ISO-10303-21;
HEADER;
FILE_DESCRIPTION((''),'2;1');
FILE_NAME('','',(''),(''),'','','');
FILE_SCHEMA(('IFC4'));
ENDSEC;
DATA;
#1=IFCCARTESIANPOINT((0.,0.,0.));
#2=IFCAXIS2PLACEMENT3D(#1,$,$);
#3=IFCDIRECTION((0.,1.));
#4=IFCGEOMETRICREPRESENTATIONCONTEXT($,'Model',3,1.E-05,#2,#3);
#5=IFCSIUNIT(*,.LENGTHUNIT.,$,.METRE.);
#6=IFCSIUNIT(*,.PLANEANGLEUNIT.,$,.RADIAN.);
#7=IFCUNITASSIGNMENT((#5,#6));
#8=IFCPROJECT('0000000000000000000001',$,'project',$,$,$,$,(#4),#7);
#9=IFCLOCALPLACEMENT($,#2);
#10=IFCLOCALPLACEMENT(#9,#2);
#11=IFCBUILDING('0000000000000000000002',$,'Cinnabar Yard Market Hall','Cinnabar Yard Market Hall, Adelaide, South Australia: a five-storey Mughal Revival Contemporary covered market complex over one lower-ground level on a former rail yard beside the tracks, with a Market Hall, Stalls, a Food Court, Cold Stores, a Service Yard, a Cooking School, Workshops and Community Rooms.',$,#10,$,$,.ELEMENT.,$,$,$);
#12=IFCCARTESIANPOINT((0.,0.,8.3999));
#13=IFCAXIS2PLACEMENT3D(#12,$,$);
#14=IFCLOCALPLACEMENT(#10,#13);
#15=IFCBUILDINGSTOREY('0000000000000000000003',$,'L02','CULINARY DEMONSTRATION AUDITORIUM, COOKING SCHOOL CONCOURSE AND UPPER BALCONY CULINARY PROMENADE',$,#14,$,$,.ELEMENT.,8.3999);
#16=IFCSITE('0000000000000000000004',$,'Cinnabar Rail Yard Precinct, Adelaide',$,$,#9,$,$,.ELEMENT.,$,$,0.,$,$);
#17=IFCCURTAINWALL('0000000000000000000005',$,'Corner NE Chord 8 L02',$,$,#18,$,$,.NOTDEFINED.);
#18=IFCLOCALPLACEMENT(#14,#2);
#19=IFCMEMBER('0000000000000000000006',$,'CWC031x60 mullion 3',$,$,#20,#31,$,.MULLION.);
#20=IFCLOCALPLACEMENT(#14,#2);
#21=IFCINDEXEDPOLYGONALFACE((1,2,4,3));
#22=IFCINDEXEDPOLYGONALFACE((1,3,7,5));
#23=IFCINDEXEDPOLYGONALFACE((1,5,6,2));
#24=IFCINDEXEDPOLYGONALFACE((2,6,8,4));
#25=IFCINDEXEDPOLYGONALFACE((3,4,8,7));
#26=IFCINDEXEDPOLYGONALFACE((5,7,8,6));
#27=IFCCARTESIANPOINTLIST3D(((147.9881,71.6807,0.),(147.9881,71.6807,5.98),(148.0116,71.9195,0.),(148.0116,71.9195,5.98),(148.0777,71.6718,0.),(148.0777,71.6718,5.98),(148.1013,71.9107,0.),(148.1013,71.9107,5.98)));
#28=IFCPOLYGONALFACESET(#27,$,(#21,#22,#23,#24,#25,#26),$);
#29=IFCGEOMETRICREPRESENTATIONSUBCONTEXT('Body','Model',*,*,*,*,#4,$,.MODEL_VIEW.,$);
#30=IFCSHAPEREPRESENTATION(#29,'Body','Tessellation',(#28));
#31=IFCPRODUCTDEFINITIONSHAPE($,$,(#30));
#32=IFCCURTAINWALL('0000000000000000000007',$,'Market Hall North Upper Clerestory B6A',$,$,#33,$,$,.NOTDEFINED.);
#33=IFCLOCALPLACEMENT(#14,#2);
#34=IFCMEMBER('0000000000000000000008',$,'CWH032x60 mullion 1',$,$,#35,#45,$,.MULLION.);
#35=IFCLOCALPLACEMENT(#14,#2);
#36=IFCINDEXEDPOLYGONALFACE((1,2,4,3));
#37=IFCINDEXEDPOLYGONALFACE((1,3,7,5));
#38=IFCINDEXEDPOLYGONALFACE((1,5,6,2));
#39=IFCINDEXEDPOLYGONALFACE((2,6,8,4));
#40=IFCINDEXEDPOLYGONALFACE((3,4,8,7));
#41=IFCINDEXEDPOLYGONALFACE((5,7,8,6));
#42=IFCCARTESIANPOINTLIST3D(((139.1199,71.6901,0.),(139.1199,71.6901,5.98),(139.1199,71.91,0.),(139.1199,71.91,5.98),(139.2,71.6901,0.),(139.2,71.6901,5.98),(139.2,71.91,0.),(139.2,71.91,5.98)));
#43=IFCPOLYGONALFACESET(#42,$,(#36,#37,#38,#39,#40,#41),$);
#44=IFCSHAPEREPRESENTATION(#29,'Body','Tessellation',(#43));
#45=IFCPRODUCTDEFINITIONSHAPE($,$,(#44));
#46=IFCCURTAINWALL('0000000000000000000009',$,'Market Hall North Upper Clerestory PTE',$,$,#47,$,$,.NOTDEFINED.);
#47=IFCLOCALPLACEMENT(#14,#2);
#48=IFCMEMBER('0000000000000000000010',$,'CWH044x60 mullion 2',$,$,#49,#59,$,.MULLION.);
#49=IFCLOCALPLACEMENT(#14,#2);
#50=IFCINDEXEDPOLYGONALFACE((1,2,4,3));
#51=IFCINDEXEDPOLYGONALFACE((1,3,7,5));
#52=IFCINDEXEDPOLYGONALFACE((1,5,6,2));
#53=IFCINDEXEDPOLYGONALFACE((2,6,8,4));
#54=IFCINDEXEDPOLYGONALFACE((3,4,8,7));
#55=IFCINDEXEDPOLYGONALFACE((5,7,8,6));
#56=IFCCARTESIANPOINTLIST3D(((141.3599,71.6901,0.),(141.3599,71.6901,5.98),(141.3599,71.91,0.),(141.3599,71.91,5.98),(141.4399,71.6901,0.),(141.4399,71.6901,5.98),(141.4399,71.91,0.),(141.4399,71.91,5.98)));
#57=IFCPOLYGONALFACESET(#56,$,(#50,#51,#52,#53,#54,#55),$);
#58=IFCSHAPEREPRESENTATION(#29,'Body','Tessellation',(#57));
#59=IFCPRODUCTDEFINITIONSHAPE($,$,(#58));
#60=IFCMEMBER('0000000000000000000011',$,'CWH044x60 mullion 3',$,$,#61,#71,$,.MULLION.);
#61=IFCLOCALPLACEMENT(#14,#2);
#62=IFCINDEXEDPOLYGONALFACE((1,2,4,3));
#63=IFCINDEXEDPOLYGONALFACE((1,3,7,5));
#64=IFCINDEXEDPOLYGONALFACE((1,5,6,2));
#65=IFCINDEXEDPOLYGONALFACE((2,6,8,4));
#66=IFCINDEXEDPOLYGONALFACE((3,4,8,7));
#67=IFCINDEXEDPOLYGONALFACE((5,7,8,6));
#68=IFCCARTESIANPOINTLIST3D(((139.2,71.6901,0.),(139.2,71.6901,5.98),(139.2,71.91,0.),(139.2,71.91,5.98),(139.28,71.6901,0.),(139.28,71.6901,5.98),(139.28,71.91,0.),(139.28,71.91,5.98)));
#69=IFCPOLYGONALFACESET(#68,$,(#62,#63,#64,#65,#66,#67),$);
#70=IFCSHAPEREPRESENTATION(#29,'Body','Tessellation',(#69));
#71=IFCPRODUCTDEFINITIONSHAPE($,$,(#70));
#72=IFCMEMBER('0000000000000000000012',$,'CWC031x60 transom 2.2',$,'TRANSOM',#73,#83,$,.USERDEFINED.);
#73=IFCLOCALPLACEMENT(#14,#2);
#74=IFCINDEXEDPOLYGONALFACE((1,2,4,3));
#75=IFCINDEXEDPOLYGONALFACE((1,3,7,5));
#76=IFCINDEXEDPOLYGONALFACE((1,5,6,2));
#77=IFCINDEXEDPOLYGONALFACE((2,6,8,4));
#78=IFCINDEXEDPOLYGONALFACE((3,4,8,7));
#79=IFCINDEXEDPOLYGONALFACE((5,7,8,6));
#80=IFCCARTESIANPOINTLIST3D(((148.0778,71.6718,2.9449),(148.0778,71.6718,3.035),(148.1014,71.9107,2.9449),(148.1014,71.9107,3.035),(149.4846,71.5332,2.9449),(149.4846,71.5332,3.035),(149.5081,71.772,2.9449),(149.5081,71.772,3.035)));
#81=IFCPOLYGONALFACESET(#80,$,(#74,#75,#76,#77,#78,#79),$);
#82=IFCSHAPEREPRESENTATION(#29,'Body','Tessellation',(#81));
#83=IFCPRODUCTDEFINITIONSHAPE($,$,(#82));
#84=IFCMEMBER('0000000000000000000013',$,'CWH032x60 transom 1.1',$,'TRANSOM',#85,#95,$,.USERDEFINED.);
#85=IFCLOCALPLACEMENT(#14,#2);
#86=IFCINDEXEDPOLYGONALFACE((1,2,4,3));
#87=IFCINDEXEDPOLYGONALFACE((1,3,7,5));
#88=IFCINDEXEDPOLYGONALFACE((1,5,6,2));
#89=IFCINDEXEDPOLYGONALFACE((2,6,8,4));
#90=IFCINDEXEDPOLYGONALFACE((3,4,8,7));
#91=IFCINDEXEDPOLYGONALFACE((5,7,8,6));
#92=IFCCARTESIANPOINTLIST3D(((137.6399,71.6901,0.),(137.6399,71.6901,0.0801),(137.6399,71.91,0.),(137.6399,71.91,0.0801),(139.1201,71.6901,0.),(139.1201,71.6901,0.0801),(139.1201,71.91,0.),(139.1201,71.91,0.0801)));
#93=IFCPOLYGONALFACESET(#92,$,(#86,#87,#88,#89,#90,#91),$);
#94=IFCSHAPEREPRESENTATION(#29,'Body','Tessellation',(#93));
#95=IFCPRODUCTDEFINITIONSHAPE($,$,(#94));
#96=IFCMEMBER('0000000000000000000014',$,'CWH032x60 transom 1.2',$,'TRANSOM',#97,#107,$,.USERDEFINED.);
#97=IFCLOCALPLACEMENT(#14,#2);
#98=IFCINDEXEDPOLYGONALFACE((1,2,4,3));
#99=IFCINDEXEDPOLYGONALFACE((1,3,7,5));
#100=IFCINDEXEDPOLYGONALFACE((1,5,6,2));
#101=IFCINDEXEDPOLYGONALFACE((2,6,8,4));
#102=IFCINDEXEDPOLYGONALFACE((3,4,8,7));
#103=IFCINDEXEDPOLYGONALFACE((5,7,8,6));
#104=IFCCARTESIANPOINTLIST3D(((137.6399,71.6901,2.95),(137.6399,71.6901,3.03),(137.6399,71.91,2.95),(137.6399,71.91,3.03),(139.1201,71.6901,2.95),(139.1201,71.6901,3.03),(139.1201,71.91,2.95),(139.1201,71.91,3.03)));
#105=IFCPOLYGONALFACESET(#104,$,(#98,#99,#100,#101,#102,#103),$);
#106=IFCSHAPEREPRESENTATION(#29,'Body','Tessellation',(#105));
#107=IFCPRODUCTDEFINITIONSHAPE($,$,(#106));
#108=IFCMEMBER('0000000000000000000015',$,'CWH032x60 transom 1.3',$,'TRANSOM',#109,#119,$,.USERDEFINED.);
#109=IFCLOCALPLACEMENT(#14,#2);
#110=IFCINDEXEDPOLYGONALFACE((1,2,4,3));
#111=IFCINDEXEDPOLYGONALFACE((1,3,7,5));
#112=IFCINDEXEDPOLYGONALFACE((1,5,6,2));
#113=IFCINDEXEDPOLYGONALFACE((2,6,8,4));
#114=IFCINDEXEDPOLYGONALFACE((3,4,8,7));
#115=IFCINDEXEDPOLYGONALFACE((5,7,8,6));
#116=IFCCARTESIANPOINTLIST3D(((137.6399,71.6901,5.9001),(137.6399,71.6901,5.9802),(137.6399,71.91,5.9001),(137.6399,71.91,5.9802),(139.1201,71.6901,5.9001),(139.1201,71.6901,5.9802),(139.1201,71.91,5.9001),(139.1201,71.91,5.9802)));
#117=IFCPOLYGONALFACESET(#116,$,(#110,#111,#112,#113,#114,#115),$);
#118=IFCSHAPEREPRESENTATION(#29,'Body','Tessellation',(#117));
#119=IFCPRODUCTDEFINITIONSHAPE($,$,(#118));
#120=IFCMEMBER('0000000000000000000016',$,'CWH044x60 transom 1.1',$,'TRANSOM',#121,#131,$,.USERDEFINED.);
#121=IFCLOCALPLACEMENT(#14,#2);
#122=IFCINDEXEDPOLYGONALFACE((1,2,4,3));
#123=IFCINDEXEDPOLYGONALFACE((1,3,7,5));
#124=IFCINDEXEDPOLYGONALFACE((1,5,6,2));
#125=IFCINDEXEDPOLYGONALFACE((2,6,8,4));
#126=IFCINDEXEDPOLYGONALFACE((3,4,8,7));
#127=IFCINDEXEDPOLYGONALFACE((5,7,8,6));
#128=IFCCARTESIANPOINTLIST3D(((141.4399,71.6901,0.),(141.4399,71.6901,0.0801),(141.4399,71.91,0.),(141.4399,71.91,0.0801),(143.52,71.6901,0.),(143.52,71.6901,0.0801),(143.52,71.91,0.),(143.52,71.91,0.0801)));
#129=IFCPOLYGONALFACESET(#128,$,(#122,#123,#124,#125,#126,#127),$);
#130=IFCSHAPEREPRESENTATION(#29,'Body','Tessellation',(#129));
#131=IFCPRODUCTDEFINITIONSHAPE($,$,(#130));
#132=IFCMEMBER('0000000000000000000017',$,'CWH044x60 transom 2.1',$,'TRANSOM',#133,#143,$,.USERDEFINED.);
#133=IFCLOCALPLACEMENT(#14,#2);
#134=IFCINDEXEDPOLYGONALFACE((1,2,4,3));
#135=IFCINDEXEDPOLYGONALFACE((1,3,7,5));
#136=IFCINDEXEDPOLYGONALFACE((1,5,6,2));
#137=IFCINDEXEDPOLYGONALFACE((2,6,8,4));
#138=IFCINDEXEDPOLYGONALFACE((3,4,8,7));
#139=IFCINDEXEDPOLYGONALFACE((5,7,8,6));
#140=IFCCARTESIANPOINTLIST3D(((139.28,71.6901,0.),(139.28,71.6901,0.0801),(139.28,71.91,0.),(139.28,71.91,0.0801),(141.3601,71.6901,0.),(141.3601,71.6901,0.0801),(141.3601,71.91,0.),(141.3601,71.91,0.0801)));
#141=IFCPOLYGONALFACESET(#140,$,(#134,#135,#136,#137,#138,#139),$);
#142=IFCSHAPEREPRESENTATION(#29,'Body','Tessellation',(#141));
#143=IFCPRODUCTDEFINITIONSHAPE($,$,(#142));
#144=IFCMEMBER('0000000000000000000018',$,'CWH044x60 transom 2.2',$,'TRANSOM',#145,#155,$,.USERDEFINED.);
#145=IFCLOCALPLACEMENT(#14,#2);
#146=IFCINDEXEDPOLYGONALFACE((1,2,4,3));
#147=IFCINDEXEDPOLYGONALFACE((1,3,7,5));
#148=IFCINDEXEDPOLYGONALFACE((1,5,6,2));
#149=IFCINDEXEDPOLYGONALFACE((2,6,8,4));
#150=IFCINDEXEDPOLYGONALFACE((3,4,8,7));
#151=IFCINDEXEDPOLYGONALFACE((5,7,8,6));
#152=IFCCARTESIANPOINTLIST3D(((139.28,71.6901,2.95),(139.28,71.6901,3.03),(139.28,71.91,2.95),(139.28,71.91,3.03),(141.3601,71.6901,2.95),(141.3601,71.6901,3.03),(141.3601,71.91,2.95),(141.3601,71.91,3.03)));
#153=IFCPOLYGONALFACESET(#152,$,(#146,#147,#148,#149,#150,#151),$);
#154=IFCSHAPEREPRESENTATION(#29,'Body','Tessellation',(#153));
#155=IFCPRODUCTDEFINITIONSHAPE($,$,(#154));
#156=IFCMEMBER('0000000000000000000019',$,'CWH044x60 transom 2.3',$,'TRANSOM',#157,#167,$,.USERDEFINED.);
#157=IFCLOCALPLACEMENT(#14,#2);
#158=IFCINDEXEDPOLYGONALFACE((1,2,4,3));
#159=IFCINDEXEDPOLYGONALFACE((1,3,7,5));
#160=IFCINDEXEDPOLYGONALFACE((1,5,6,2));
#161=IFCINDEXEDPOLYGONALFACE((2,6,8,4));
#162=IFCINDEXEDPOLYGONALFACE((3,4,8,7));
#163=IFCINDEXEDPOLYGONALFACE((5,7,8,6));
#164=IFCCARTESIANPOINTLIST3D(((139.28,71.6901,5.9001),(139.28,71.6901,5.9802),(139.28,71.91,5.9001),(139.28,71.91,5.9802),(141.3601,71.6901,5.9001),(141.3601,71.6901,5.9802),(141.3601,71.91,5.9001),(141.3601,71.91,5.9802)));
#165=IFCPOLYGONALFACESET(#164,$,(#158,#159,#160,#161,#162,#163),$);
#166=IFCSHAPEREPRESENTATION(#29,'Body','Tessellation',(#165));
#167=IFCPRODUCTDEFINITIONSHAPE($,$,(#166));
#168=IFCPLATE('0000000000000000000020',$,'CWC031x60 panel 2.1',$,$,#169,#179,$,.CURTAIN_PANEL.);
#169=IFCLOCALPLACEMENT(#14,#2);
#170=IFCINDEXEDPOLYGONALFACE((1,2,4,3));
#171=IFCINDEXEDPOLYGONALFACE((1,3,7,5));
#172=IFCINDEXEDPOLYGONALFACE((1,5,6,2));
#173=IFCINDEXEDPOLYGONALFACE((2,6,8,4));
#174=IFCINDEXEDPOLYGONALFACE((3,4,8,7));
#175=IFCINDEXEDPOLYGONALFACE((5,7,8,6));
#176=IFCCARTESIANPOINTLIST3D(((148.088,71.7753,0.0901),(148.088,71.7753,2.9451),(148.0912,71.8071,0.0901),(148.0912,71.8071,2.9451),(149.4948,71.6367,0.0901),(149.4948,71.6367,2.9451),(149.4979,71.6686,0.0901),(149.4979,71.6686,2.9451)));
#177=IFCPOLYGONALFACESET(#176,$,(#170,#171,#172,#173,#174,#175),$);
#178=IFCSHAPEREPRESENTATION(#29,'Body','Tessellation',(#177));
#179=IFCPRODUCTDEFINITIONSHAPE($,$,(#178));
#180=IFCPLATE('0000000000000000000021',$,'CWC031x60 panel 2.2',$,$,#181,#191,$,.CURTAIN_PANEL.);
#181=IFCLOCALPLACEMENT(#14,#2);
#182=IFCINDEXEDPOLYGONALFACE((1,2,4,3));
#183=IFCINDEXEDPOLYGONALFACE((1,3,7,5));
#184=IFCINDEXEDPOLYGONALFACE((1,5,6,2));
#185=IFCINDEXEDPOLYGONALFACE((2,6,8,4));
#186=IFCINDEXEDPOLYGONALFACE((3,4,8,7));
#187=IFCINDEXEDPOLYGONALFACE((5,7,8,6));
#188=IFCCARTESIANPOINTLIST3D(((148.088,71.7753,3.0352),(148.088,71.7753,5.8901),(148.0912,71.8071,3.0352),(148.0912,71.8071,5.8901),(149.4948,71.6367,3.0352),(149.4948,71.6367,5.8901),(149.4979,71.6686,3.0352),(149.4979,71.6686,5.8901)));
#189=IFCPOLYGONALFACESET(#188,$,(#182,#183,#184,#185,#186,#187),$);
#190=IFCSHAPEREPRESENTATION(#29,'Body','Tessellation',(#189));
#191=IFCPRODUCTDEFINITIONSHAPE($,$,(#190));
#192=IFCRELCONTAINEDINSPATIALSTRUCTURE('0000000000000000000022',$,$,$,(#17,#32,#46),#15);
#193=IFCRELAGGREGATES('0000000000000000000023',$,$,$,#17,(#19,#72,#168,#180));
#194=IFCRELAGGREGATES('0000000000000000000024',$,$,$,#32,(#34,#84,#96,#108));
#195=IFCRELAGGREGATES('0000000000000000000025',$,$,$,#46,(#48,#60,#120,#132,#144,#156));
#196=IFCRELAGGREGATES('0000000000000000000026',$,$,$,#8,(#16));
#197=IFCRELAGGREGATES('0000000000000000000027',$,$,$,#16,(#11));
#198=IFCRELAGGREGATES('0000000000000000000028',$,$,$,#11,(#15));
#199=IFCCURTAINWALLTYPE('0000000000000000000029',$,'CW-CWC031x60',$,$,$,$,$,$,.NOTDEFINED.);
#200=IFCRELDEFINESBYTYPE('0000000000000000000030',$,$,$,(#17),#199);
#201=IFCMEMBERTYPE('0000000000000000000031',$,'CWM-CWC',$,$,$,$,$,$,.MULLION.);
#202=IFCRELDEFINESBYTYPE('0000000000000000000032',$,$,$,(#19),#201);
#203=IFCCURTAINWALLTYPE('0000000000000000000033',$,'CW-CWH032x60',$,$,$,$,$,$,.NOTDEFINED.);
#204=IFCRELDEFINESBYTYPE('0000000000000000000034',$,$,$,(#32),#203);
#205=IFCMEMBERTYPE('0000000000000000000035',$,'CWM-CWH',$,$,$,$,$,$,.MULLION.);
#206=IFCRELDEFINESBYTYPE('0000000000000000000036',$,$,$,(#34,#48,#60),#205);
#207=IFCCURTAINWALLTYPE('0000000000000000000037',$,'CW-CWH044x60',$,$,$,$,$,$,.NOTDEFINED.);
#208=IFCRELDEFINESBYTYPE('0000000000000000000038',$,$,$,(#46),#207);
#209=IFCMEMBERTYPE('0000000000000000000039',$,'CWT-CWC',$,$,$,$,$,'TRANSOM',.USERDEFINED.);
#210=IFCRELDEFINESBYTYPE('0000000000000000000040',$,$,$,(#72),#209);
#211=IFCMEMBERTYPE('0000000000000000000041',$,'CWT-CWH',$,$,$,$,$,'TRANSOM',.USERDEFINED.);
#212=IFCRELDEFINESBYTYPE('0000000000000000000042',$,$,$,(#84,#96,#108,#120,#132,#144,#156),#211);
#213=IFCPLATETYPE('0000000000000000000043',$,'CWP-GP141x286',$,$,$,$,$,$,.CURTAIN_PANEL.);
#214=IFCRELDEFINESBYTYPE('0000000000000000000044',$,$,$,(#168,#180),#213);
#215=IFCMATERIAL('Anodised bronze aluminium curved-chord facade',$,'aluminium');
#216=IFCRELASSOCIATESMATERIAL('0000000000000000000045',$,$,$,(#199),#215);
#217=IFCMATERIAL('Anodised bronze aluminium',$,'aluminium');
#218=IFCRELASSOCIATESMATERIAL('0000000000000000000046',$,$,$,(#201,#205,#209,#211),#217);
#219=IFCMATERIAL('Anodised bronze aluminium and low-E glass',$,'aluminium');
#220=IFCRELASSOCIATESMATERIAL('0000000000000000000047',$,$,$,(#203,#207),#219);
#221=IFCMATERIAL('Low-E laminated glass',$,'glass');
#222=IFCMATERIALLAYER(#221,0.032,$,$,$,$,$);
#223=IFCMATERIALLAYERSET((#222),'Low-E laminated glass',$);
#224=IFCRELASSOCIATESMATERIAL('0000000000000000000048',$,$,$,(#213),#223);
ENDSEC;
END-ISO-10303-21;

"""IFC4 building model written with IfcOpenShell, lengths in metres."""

from ifc_helpers import new_model, si_unit, direction, frame, origin, origin_2d_with_axis, place, context, subcontext, project, spatial, rectangle, extrude, material, layer, layer_set, material_profile, profile_set, type_object, element, aggregate, save


model = new_model("IFC4")

# Units and contexts
model_context = context("Model", 3, precision=1e-05, world=origin(), true_north=direction((0.0, 1.0)))
body_context = subcontext(model_context, "Body", "Model", "MODEL_VIEW")
ifc_project = project(units=[si_unit("LENGTHUNIT", "METRE"), si_unit("PLANEANGLEUNIT", "RADIAN")], contexts=[model_context])

# Site, building, storey
site_placement = place(None, origin())
site = spatial("IfcSite", under=ifc_project, at=site_placement, Name="Cinnabar Rail Yard Precinct, Adelaide", CompositionType="ELEMENT", RefElevation=0.0)
building_placement = place(site_placement, origin())
building = spatial("IfcBuilding", under=site, at=building_placement, Name="Cinnabar Yard Market Hall", Description="Cinnabar Yard Market Hall, Adelaide, South Australia: a five-storey Mughal Revival Contemporary covered market complex over one lower-ground level on a former rail yard beside the tracks, with a Market Hall, Stalls, a Food Court, Cold Stores, a Service Yard, a Cooking School, Workshops and Community Rooms.", CompositionType="ELEMENT")
storey_placement = place(building_placement, frame((0.0, 0.0, 8.3999)))
storey = spatial("IfcBuildingStorey", under=building, at=storey_placement, Name="L02", Description="CULINARY DEMONSTRATION AUDITORIUM, COOKING SCHOOL CONCOURSE AND UPPER BALCONY CULINARY PROMENADE", CompositionType="ELEMENT", Elevation=8.3999)

# Curtain walls, members
ifc_material_1 = material(Name="Anodised bronze aluminium curved-chord facade", Category="aluminium")
curtain_wall_type_1 = type_object("IfcCurtainWallType", Name="CW-CWC031x60", PredefinedType="NOTDEFINED", material=ifc_material_1)
curtain_wall_1_placement = place(storey_placement, origin())
curtain_wall_1 = element("IfcCurtainWall", 1, at=curtain_wall_1_placement, inside=storey, type_object=curtain_wall_type_1, Name="Corner NE Chord 8 L02", PredefinedType="NOTDEFINED")
ifc_material_2 = material(Name="Anodised bronze aluminium", Category="aluminium")
ifc_material_profile_1 = material_profile(ifc_material_2, rectangle(XDim=0.24, YDim=0.0901, at=origin_2d_with_axis()), Name="MUL-CWC")
ifc_profile_set_1 = profile_set([ifc_material_profile_1], Name="Anodised bronze aluminium")
member_type_1 = type_object("IfcMemberType", Name="CWM-CWC", PredefinedType="MULLION", material=ifc_profile_set_1)
member_1_placement = place(storey_placement, frame((148.0447, 71.7957, 0.0), z_axis=(0.0, 0.0, 1.0), x_axis=(-0.09802, -0.995184, 0.0)))
member_1 = element("IfcMember", 2, at=member_1_placement, type_object=member_type_1, Name="CWC031x60 mullion 3", PredefinedType="MULLION", context=body_context, shape_type="SweptSolid", body=[
    extrude(rectangle(XDim=0.24, YDim=0.0901, at=origin_2d_with_axis()), origin(), (0.0, 0.0, 1.0), 5.98),
])
ifc_material_3 = material(Name="Anodised bronze aluminium and low-E glass", Category="aluminium")
curtain_wall_type_2 = type_object("IfcCurtainWallType", Name="CW-CWH032x60", PredefinedType="NOTDEFINED", material=ifc_material_3)
curtain_wall_2_placement = place(storey_placement, origin())
curtain_wall_2 = element("IfcCurtainWall", 3, at=curtain_wall_2_placement, inside=storey, type_object=curtain_wall_type_2, Name="Market Hall North Upper Clerestory B6A", PredefinedType="NOTDEFINED")
ifc_material_profile_2 = material_profile(ifc_material_2, rectangle(XDim=0.22, YDim=0.0801, at=origin_2d_with_axis()), Name="MUL-CWH")
ifc_profile_set_2 = profile_set([ifc_material_profile_2], Name="Anodised bronze aluminium")
member_type_2 = type_object("IfcMemberType", Name="CWM-CWH", PredefinedType="MULLION", material=ifc_profile_set_2)
member_2_placement = place(storey_placement, frame((139.1599, 71.8, 0.0), z_axis=(0.0, 0.0, 1.0), x_axis=(0.0, -1.0, 0.0)))
member_2 = element("IfcMember", 4, at=member_2_placement, type_object=member_type_2, Name="CWH032x60 mullion 1", PredefinedType="MULLION", context=body_context, shape_type="SweptSolid", body=[
    extrude(rectangle(XDim=0.22, YDim=0.0801, at=origin_2d_with_axis()), origin(), (0.0, 0.0, 1.0), 5.98),
])

# Curtain wall, members
curtain_wall_type_3 = type_object("IfcCurtainWallType", Name="CW-CWH044x60", PredefinedType="NOTDEFINED", material=ifc_material_3)
curtain_wall_3_placement = place(storey_placement, origin())
curtain_wall_3 = element("IfcCurtainWall", 5, at=curtain_wall_3_placement, inside=storey, type_object=curtain_wall_type_3, Name="Market Hall North Upper Clerestory PTE", PredefinedType="NOTDEFINED")
member_3_placement = place(storey_placement, frame((141.3999, 71.8, 0.0), z_axis=(0.0, 0.0, 1.0), x_axis=(0.0, -1.0, 0.0)))
member_3 = element("IfcMember", 6, at=member_3_placement, type_object=member_type_2, Name="CWH044x60 mullion 2", PredefinedType="MULLION", context=body_context, shape_type="SweptSolid", body=[
    extrude(rectangle(XDim=0.22, YDim=0.0801, at=origin_2d_with_axis()), origin(), (0.0, 0.0, 1.0), 5.98),
])
member_4_placement = place(storey_placement, frame((139.24, 71.8, 0.0), z_axis=(0.0, 0.0, 1.0), x_axis=(0.0, -1.0, 0.0)))
member_4 = element("IfcMember", 7, at=member_4_placement, type_object=member_type_2, Name="CWH044x60 mullion 3", PredefinedType="MULLION", context=body_context, shape_type="SweptSolid", body=[
    extrude(rectangle(XDim=0.22, YDim=0.0801, at=origin_2d_with_axis()), origin(), (0.0, 0.0, 1.0), 5.98),
])

# Members
ifc_material_profile_3 = material_profile(ifc_material_2, rectangle(XDim=0.24, YDim=0.0901, at=origin_2d_with_axis()), Name="TRN-CWC")
ifc_profile_set_3 = profile_set([ifc_material_profile_3], Name="Anodised bronze aluminium")
member_type_3 = type_object("IfcMemberType", Name="CWT-CWC", ElementType="TRANSOM", PredefinedType="USERDEFINED", material=ifc_profile_set_3)
member_5_placement = place(storey_placement, frame((149.4963, 71.6526, 2.99), z_axis=(-0.995176, 0.098101, 0.0), x_axis=(-0.098101, -0.995176, 0.0)))
member_5 = element("IfcMember", 8, at=member_5_placement, type_object=member_type_3, Name="CWC031x60 transom 2.2", ObjectType="TRANSOM", PredefinedType="USERDEFINED", context=body_context, shape_type="SweptSolid", body=[
    extrude(rectangle(XDim=0.24, YDim=0.0901, at=origin_2d_with_axis()), origin(), (0.0, 0.0, 1.0), 1.4136),
])
ifc_material_profile_4 = material_profile(ifc_material_2, rectangle(XDim=0.22, YDim=0.0801, at=origin_2d_with_axis()), Name="TRN-CWH")
ifc_profile_set_4 = profile_set([ifc_material_profile_4], Name="Anodised bronze aluminium")
member_type_4 = type_object("IfcMemberType", Name="CWT-CWH", ElementType="TRANSOM", PredefinedType="USERDEFINED", material=ifc_profile_set_4)
member_6_placement = place(storey_placement, frame((139.1201, 71.8, 0.04), z_axis=(-1.0, 0.0, 0.0), x_axis=(0.0, -1.0, 0.0)))
member_6 = element("IfcMember", 9, at=member_6_placement, type_object=member_type_4, Name="CWH032x60 transom 1.1", ObjectType="TRANSOM", PredefinedType="USERDEFINED", context=body_context, shape_type="SweptSolid", body=[
    extrude(rectangle(XDim=0.22, YDim=0.0801, at=origin_2d_with_axis()), origin(), (0.0, 0.0, 1.0), 1.4802),
])
member_7_placement = place(storey_placement, frame((139.1201, 71.8, 2.99), z_axis=(-1.0, 0.0, 0.0), x_axis=(0.0, -1.0, 0.0)))
member_7 = element("IfcMember", 10, at=member_7_placement, type_object=member_type_4, Name="CWH032x60 transom 1.2", ObjectType="TRANSOM", PredefinedType="USERDEFINED", context=body_context, shape_type="SweptSolid", body=[
    extrude(rectangle(XDim=0.22, YDim=0.0801, at=origin_2d_with_axis()), origin(), (0.0, 0.0, 1.0), 1.4802),
])
member_8_placement = place(storey_placement, frame((139.1201, 71.8, 5.9402), z_axis=(-1.0, 0.0, 0.0), x_axis=(0.0, -1.0, 0.0)))
member_8 = element("IfcMember", 11, at=member_8_placement, type_object=member_type_4, Name="CWH032x60 transom 1.3", ObjectType="TRANSOM", PredefinedType="USERDEFINED", context=body_context, shape_type="SweptSolid", body=[
    extrude(rectangle(XDim=0.22, YDim=0.0801, at=origin_2d_with_axis()), origin(), (0.0, 0.0, 1.0), 1.4802),
])
member_9_placement = place(storey_placement, frame((143.52, 71.8, 0.04), z_axis=(-1.0, 0.0, 0.0), x_axis=(0.0, -1.0, 0.0)))
member_9 = element("IfcMember", 12, at=member_9_placement, type_object=member_type_4, Name="CWH044x60 transom 1.1", ObjectType="TRANSOM", PredefinedType="USERDEFINED", context=body_context, shape_type="SweptSolid", body=[
    extrude(rectangle(XDim=0.22, YDim=0.0801, at=origin_2d_with_axis()), origin(), (0.0, 0.0, 1.0), 2.0801),
])
member_10_placement = place(storey_placement, frame((141.3601, 71.8, 0.04), z_axis=(-1.0, 0.0, 0.0), x_axis=(0.0, -1.0, 0.0)))
member_10 = element("IfcMember", 13, at=member_10_placement, type_object=member_type_4, Name="CWH044x60 transom 2.1", ObjectType="TRANSOM", PredefinedType="USERDEFINED", context=body_context, shape_type="SweptSolid", body=[
    extrude(rectangle(XDim=0.22, YDim=0.0801, at=origin_2d_with_axis()), origin(), (0.0, 0.0, 1.0), 2.0801),
])
member_11_placement = place(storey_placement, frame((141.3601, 71.8, 2.99), z_axis=(-1.0, 0.0, 0.0), x_axis=(0.0, -1.0, 0.0)))
member_11 = element("IfcMember", 14, at=member_11_placement, type_object=member_type_4, Name="CWH044x60 transom 2.2", ObjectType="TRANSOM", PredefinedType="USERDEFINED", context=body_context, shape_type="SweptSolid", body=[
    extrude(rectangle(XDim=0.22, YDim=0.0801, at=origin_2d_with_axis()), origin(), (0.0, 0.0, 1.0), 2.0801),
])
member_12_placement = place(storey_placement, frame((141.3601, 71.8, 5.9402), z_axis=(-1.0, 0.0, 0.0), x_axis=(0.0, -1.0, 0.0)))
member_12 = element("IfcMember", 15, at=member_12_placement, type_object=member_type_4, Name="CWH044x60 transom 2.3", ObjectType="TRANSOM", PredefinedType="USERDEFINED", context=body_context, shape_type="SweptSolid", body=[
    extrude(rectangle(XDim=0.22, YDim=0.0801, at=origin_2d_with_axis()), origin(), (0.0, 0.0, 1.0), 2.0801),
])

# Plates
ifc_material_4 = material(Name="Low-E laminated glass", Category="glass")
ifc_layer_1 = layer(ifc_material_4, 0.032)
ifc_layer_set_1 = layer_set([ifc_layer_1], Name="Low-E laminated glass")
plate_type_1 = type_object("IfcPlateType", Name="CWP-GP141x286", PredefinedType="CURTAIN_PANEL", material=ifc_layer_set_1)
plate_1_placement = place(storey_placement, frame((148.793, 71.7219, 0.0901), z_axis=(0.0, 0.0, 1.0), x_axis=(-0.995184, 0.09802, 0.0)))
plate_1 = element("IfcPlate", 16, at=plate_1_placement, type_object=plate_type_1, Name="CWC031x60 panel 2.1", PredefinedType="CURTAIN_PANEL", context=body_context, shape_type="SweptSolid", body=[
    extrude(rectangle(XDim=1.4136, YDim=0.032, at=origin_2d_with_axis()), origin(), (0.0, 0.0, 1.0), 2.855),
])
plate_2_placement = place(storey_placement, frame((148.793, 71.7219, 3.0352), z_axis=(0.0, 0.0, 1.0), x_axis=(-0.995184, 0.09802, 0.0)))
plate_2 = element("IfcPlate", 17, at=plate_2_placement, type_object=plate_type_1, Name="CWC031x60 panel 2.2", PredefinedType="CURTAIN_PANEL", context=body_context, shape_type="SweptSolid", body=[
    extrude(rectangle(XDim=1.4136, YDim=0.032, at=origin_2d_with_axis()), origin(), (0.0, 0.0, 1.0), 2.855),
])
aggregate(curtain_wall_1, [member_1, member_5, plate_1, plate_2])
aggregate(curtain_wall_2, [member_2, member_6, member_7, member_8])
aggregate(curtain_wall_3, [member_3, member_4, member_9, member_10, member_11, member_12])

save(model, "model.ifc")
